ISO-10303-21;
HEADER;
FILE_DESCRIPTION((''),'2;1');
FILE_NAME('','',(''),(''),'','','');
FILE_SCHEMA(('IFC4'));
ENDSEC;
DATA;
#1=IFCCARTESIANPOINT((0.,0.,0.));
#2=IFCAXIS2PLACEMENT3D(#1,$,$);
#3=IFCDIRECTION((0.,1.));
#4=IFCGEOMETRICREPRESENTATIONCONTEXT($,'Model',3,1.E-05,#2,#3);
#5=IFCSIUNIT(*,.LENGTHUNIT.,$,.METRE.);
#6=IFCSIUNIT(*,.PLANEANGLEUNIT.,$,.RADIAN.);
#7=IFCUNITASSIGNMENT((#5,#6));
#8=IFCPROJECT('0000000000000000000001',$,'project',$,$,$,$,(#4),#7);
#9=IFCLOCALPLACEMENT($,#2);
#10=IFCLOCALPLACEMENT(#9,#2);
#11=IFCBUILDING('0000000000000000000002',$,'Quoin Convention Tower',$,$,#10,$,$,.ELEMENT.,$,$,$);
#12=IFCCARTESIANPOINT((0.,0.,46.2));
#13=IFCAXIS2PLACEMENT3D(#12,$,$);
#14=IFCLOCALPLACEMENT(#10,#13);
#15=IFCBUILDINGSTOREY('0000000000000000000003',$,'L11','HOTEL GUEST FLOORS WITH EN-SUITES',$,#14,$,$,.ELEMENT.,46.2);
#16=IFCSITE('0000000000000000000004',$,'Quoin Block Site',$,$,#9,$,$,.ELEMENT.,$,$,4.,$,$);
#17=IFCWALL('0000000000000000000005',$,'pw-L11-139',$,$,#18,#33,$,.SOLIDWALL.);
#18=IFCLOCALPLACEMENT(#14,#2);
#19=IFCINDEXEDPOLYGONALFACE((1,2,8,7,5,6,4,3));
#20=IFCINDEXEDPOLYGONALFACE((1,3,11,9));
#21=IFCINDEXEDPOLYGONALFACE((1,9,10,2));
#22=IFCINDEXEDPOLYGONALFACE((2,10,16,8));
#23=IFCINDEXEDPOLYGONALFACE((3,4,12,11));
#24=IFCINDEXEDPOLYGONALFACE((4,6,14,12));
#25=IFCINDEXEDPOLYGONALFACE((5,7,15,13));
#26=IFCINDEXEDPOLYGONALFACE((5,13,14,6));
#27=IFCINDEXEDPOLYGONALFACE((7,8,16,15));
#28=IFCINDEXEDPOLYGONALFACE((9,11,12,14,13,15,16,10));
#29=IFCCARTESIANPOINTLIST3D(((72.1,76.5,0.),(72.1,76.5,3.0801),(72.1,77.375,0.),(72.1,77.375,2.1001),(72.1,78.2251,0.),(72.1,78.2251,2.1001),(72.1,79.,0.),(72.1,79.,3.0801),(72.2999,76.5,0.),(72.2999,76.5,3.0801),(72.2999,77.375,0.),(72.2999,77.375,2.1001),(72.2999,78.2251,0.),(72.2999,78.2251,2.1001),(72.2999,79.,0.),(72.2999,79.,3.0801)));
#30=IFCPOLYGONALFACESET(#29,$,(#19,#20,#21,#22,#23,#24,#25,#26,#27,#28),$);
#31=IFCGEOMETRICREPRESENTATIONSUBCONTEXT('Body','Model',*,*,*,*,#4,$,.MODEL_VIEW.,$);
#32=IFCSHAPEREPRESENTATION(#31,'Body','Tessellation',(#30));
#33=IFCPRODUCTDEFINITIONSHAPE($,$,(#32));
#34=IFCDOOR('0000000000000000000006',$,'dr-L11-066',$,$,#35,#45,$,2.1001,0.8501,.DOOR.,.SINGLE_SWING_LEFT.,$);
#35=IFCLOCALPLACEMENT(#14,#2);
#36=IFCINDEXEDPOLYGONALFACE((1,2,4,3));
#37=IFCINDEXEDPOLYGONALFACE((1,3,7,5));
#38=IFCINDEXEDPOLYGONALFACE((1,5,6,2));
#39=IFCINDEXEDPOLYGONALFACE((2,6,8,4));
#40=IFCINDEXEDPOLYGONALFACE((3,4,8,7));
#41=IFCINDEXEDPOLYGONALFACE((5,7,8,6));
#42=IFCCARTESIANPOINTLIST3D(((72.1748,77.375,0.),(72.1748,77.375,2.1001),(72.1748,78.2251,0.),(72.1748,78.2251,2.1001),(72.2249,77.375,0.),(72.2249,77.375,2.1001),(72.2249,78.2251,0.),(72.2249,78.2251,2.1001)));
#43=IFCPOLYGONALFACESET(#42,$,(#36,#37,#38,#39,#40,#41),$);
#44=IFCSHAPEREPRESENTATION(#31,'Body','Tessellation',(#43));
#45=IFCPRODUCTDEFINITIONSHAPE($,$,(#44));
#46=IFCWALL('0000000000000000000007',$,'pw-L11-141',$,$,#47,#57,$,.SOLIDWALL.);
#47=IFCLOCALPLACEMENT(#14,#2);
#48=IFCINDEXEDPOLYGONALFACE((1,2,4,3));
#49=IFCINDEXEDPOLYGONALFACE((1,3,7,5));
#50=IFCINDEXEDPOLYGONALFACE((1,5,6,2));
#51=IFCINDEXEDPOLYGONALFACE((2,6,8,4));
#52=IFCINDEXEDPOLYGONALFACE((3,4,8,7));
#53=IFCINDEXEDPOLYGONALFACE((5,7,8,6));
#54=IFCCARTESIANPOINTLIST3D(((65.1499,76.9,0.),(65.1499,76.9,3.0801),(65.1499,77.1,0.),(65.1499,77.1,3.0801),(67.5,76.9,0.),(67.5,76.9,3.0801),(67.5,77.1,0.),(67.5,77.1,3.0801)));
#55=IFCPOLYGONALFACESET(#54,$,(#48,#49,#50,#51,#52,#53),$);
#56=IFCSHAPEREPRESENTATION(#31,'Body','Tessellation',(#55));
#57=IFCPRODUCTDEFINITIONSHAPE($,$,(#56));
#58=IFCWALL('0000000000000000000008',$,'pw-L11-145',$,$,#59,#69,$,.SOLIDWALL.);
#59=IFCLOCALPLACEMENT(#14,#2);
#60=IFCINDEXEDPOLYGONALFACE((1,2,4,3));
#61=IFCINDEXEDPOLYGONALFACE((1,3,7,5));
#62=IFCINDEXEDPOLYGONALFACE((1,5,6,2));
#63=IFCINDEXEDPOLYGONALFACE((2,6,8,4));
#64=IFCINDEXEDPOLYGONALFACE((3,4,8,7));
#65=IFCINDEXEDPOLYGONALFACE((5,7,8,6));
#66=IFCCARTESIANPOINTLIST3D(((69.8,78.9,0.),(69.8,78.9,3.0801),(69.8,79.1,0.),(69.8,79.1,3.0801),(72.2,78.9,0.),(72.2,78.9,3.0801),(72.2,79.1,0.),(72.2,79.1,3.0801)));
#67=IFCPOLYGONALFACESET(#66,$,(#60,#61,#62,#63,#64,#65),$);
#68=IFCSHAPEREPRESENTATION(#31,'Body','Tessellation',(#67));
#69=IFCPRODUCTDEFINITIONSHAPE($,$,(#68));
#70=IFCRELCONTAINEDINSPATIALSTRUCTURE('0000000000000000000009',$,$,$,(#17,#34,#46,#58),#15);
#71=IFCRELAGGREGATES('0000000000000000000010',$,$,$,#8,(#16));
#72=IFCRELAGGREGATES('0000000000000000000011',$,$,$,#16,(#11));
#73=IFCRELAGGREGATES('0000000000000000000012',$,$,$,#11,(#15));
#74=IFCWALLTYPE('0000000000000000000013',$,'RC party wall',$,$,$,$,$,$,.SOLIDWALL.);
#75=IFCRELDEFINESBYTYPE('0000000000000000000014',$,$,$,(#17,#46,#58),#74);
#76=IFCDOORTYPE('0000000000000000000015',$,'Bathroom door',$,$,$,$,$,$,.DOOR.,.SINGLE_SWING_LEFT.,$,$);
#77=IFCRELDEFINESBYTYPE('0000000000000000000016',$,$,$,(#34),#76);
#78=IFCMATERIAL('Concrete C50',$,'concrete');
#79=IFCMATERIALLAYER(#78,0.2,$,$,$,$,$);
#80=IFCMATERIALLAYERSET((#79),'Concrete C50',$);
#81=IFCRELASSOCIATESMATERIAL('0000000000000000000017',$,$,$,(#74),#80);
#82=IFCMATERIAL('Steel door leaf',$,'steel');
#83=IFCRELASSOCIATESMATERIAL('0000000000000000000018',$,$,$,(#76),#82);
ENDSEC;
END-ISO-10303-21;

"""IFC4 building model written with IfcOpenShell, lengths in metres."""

from ifc_helpers import new_model, si_unit, direction, frame, frame_2d, origin, place, context, subcontext, project, spatial, rectangle, extrude, material, layer, layer_set, type_object, element, fill, save


model = new_model("IFC4")

# Units and contexts
model_context = context("Model", 3, precision=1e-05, world=origin(), true_north=direction((0.0, 1.0)))
body_context = subcontext(model_context, "Body", "Model", "MODEL_VIEW")
ifc_project = project(units=[si_unit("LENGTHUNIT", "METRE"), si_unit("PLANEANGLEUNIT", "RADIAN")], contexts=[model_context])

# Site, building, storey
site_placement = place(None, origin())
site = spatial("IfcSite", under=ifc_project, at=site_placement, Name="Quoin Block Site", CompositionType="ELEMENT", RefElevation=4.0)
building_placement = place(site_placement, origin())
building = spatial("IfcBuilding", under=site, at=building_placement, Name="Quoin Convention Tower", CompositionType="ELEMENT")
storey_placement = place(building_placement, frame((0.0, 0.0, 46.2)))
storey = spatial("IfcBuildingStorey", under=building, at=storey_placement, Name="L11", Description="HOTEL GUEST FLOORS WITH EN-SUITES", CompositionType="ELEMENT", Elevation=46.2)

# Shared definitions
ifc_material_1 = material(Name="Concrete C50", Category="concrete")
ifc_layer_1 = layer(ifc_material_1, 0.2)
ifc_layer_set_1 = layer_set([ifc_layer_1], Name="Concrete C50")
wall_type_1 = type_object("IfcWallType", Name="RC party wall", PredefinedType="SOLIDWALL", material=ifc_layer_set_1)

# Wall, opening, door
wall_1_placement = place(storey_placement, frame((72.2, 76.5, 0.0), z_axis=(0.0, 0.0, 1.0), x_axis=(0.0, 1.0, 0.0)))
wall_1 = element("IfcWall", 1, at=wall_1_placement, inside=storey, type_object=wall_type_1, Name="pw-L11-139", PredefinedType="SOLIDWALL", context=body_context, shape_type="SweptSolid", body=[
    extrude(rectangle(XDim=2.5, YDim=0.2, at=frame_2d((1.25, 0.0))), origin(), (0.0, 0.0, 1.0), 3.0801),
])
opening_1_placement = place(wall_1_placement, frame((0.875, 0.0, 0.0)))
opening_1 = element("IfcOpeningElement", 2, at=opening_1_placement, cuts=wall_1, PredefinedType="OPENING", context=body_context, shape_type="SweptSolid", body=[
    extrude(rectangle(XDim=0.8501, YDim=2.1001, at=frame_2d((0.425, 1.05))), frame((0.0, 0.1099, 0.0), z_axis=(0.0, -1.0, 0.0), x_axis=(1.0, 0.0, 0.0)), (0.0, 0.0, 1.0), 0.22),
])
ifc_material_2 = material(Name="Steel door leaf", Category="steel")
door_type = type_object("IfcDoorType", Name="Bathroom door", OperationType="SINGLE_SWING_LEFT", PredefinedType="DOOR", material=ifc_material_2)
door_placement = place(opening_1_placement, frame((0.8501, 0.0, 0.0), z_axis=(0.0, 0.0, 1.0), x_axis=(-1.0, 0.0, 0.0)))
door = element("IfcDoor", 3, at=door_placement, inside=storey, type_object=door_type, Name="dr-L11-066", OperationType="SINGLE_SWING_LEFT", OverallHeight=2.1001, OverallWidth=0.8501, PredefinedType="DOOR", context=body_context, shape_type="SweptSolid", body=[
    extrude(rectangle(XDim=0.8501, YDim=2.1001, at=frame_2d((0.425, 1.05))), frame((0.0, 0.0249, 0.0), z_axis=(0.0, -1.0, 0.0), x_axis=(1.0, 0.0, 0.0)), (0.0, 0.0, 1.0), 0.05),
])
fill(opening_1, door)

# Walls
wall_2_placement = place(storey_placement, frame((65.1499, 77.0, 0.0), z_axis=(0.0, 0.0, 1.0), x_axis=(1.0, 0.0, 0.0)))
element("IfcWall", 4, at=wall_2_placement, inside=storey, type_object=wall_type_1, Name="pw-L11-141", PredefinedType="SOLIDWALL", context=body_context, shape_type="SweptSolid", body=[
    extrude(rectangle(XDim=2.3501, YDim=0.2, at=frame_2d((1.175, 0.0))), origin(), (0.0, 0.0, 1.0), 3.0801),
])
wall_3_placement = place(storey_placement, frame((69.8, 79.0, 0.0), z_axis=(0.0, 0.0, 1.0), x_axis=(1.0, 0.0, 0.0)))
element("IfcWall", 5, at=wall_3_placement, inside=storey, type_object=wall_type_1, Name="pw-L11-145", PredefinedType="SOLIDWALL", context=body_context, shape_type="SweptSolid", body=[
    extrude(rectangle(XDim=2.3999, YDim=0.2, at=frame_2d((1.2, 0.0))), origin(), (0.0, 0.0, 1.0), 3.0801),
])

save(model, "model.ifc")
